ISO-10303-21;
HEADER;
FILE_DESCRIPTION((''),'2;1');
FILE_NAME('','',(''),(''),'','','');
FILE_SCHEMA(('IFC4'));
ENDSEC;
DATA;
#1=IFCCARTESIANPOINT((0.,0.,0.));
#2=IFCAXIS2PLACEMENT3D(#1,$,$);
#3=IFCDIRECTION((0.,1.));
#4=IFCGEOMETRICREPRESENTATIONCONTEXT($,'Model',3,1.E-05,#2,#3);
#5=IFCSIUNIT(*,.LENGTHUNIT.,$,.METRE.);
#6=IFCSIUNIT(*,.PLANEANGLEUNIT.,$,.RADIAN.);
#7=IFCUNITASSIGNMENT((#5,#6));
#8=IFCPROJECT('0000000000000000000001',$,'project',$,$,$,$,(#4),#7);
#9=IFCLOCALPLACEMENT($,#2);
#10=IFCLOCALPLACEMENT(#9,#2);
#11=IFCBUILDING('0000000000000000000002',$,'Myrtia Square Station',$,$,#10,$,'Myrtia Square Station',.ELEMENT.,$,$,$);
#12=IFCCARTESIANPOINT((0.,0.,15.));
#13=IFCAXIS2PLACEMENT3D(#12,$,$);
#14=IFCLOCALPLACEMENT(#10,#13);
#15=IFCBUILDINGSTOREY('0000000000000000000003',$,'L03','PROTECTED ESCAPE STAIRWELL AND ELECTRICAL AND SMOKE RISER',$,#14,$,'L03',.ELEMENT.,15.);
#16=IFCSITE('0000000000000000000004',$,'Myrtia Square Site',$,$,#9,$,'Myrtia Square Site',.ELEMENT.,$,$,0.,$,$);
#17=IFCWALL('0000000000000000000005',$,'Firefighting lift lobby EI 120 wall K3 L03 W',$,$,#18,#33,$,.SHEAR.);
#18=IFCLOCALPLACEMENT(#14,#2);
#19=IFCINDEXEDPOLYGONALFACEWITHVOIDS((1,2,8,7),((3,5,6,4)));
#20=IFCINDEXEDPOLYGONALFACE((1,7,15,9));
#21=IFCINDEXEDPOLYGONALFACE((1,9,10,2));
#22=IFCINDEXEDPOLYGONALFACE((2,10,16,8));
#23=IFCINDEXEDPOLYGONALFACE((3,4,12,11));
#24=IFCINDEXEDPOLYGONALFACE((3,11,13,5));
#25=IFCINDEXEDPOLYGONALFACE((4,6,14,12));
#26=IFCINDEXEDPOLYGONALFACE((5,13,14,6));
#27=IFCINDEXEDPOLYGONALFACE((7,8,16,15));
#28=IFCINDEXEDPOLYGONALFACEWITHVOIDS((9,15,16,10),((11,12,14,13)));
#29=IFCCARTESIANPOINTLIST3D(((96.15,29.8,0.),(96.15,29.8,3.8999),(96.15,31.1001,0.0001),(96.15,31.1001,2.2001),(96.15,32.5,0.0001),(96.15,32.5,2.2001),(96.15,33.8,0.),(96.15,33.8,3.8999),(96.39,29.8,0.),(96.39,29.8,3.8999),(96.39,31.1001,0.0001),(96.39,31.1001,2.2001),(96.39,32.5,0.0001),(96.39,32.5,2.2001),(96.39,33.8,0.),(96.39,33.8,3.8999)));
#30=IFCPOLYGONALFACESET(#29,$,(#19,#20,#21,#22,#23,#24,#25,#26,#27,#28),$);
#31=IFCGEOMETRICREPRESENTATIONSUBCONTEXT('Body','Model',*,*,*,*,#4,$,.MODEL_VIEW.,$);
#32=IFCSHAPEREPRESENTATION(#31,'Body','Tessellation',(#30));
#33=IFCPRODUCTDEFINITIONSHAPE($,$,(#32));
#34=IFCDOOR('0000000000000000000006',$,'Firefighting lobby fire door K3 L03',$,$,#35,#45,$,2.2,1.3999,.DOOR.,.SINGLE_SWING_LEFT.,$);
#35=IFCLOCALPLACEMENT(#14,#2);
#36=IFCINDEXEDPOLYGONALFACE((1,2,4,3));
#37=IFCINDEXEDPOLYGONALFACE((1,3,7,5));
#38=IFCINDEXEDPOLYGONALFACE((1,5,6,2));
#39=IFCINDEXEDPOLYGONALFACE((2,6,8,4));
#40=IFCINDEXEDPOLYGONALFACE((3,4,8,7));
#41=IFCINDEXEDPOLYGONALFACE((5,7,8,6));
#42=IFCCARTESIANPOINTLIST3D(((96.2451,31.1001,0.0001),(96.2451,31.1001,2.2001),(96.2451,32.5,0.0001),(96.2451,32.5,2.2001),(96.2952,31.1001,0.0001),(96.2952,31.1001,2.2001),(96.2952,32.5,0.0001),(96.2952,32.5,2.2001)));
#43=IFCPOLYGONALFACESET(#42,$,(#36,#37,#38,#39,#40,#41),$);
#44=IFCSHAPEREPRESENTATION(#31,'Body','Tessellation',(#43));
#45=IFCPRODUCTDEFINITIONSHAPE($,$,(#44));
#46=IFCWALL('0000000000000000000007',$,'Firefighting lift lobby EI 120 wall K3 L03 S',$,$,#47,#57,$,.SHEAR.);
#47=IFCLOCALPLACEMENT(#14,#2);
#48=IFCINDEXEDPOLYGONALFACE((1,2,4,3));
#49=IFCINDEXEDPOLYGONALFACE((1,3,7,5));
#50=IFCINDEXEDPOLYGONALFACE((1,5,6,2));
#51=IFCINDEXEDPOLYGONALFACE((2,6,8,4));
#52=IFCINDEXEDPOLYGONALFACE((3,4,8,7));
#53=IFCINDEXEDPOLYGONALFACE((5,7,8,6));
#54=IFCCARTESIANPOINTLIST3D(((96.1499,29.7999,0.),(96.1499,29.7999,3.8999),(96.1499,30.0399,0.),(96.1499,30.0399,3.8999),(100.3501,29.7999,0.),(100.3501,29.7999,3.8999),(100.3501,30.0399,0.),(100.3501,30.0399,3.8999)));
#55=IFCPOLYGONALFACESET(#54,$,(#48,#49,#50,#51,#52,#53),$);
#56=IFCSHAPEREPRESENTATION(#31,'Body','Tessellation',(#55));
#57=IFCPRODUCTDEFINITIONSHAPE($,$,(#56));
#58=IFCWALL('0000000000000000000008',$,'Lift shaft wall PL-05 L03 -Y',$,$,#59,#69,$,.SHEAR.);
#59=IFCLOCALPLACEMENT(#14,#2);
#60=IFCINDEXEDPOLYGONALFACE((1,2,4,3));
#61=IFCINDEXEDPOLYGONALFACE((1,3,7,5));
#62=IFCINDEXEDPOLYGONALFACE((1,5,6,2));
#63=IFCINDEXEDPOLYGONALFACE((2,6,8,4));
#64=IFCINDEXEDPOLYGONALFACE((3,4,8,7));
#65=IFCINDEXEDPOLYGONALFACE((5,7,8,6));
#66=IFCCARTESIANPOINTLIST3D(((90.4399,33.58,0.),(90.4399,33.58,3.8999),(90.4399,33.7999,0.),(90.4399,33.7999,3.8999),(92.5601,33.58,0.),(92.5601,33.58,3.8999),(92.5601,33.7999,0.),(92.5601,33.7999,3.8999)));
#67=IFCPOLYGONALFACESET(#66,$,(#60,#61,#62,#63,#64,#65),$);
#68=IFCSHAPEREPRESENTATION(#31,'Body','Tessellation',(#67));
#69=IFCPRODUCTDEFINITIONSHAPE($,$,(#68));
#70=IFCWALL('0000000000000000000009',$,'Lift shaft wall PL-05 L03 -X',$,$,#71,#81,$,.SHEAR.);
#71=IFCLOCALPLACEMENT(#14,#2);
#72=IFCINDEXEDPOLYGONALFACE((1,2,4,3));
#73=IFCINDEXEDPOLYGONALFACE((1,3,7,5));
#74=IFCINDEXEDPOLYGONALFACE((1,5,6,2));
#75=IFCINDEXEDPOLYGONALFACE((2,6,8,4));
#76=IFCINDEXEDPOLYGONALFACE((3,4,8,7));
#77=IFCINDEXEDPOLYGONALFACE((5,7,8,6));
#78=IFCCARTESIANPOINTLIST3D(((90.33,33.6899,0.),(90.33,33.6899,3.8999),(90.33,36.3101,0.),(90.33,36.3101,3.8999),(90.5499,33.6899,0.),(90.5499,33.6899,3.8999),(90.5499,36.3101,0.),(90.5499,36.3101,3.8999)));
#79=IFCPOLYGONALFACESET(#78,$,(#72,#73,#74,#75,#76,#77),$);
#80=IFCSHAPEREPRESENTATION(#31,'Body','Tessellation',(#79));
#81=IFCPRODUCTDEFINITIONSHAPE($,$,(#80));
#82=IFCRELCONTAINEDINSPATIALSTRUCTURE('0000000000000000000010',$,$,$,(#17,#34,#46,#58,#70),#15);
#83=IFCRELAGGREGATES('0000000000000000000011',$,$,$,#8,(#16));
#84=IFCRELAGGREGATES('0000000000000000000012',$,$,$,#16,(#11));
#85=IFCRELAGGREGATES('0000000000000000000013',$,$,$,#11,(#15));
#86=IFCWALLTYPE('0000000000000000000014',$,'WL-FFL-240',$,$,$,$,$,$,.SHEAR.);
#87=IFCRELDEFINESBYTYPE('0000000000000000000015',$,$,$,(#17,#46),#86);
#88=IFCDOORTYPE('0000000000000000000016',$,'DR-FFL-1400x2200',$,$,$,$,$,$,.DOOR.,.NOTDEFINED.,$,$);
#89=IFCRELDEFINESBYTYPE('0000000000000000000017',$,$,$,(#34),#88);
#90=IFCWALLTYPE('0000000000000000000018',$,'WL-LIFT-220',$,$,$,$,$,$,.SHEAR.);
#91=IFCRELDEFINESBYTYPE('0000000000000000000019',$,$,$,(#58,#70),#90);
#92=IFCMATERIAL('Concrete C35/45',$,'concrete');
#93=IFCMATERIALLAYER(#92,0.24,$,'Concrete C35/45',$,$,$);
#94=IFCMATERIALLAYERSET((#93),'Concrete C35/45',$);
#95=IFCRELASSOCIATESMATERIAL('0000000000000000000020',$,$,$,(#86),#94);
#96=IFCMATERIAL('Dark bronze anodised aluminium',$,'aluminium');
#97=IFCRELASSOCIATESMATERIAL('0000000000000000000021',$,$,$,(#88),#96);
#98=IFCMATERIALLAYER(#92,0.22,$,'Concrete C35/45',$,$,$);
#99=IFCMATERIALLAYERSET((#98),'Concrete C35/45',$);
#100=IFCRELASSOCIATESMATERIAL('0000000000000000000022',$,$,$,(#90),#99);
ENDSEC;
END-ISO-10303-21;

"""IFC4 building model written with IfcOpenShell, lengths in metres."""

from ifc_helpers import new_model, si_unit, direction, frame, frame_2d, origin, place, context, subcontext, project, spatial, rectangle, extrude, material, layer, layer_set, type_object, element, fill, save


model = new_model("IFC4")

# Units and contexts
model_context = context("Model", 3, precision=1e-05, world=origin(), true_north=direction((0.0, 1.0)))
body_context = subcontext(model_context, "Body", "Model", "MODEL_VIEW")
ifc_project = project(units=[si_unit("LENGTHUNIT", "METRE"), si_unit("PLANEANGLEUNIT", "RADIAN")], contexts=[model_context])

# Site, building, storey
site_placement = place(None, origin())
site = spatial("IfcSite", under=ifc_project, at=site_placement, Name="Myrtia Square Site", LongName="Myrtia Square Site", CompositionType="ELEMENT", RefElevation=0.0)
building_placement = place(site_placement, origin())
building = spatial("IfcBuilding", under=site, at=building_placement, Name="Myrtia Square Station", LongName="Myrtia Square Station", CompositionType="ELEMENT")
storey_placement = place(building_placement, frame((0.0, 0.0, 15.0)))
storey = spatial("IfcBuildingStorey", under=building, at=storey_placement, Name="L03", Description="PROTECTED ESCAPE STAIRWELL AND ELECTRICAL AND SMOKE RISER", LongName="L03", CompositionType="ELEMENT", Elevation=15.0)

# Shared definitions
ifc_material_1 = material(Name="Dark bronze anodised aluminium", Category="aluminium")

# Shared definitions
ifc_material_2 = material(Name="Concrete C35/45", Category="concrete")

# Wall, opening, door
ifc_layer_1 = layer(ifc_material_2, 0.24, Name="Concrete C35/45")
ifc_layer_set_1 = layer_set([ifc_layer_1], Name="Concrete C35/45")
wall_type_1 = type_object("IfcWallType", Name="WL-FFL-240", PredefinedType="SHEAR", material=ifc_layer_set_1)
wall_1_placement = place(storey_placement, frame((96.27, 29.8, 0.0), z_axis=(0.0, 0.0, 1.0), x_axis=(0.0, 1.0, 0.0)))
wall_1 = element("IfcWall", 1, at=wall_1_placement, inside=storey, type_object=wall_type_1, Name="Firefighting lift lobby EI 120 wall K3 L03 W", PredefinedType="SHEAR", context=body_context, shape_type="SweptSolid", body=[
    extrude(rectangle(XDim=4.0, YDim=0.24, at=frame_2d((2.0, 0.0))), origin(), (0.0, 0.0, 1.0), 3.8999),
])
opening_1_placement = place(wall_1_placement, frame((1.3, 0.0, 0.0)))
opening_1 = element("IfcOpeningElement", 2, at=opening_1_placement, cuts=wall_1, PredefinedType="OPENING", context=body_context, shape_type="SweptSolid", body=[
    extrude(rectangle(XDim=1.3999, YDim=2.2, at=frame_2d((0.7, 1.1001))), frame((0.0, 0.135, 0.0), z_axis=(0.0, -1.0, 0.0), x_axis=(1.0, 0.0, 0.0)), (0.0, 0.0, 1.0), 0.27),
])
door_type_1 = type_object("IfcDoorType", Name="DR-FFL-1400x2200", OperationType="NOTDEFINED", PredefinedType="DOOR", material=ifc_material_1)
door_1_placement = place(opening_1_placement, origin())
door_1 = element("IfcDoor", 3, at=door_1_placement, inside=storey, type_object=door_type_1, Name="Firefighting lobby fire door K3 L03", OperationType="SINGLE_SWING_LEFT", OverallHeight=2.2, OverallWidth=1.3999, PredefinedType="DOOR", context=body_context, shape_type="SweptSolid", body=[
    extrude(rectangle(XDim=1.3999, YDim=2.2, at=frame_2d((0.7, 1.1001))), frame((0.0, 0.0249, 0.0), z_axis=(0.0, -1.0, 0.0), x_axis=(1.0, 0.0, 0.0)), (0.0, 0.0, 1.0), 0.05),
])
fill(opening_1, door_1)

# Walls
wall_2_placement = place(storey_placement, frame((96.1499, 29.9199, 0.0), z_axis=(0.0, 0.0, 1.0), x_axis=(1.0, 0.0, 0.0)))
element("IfcWall", 4, at=wall_2_placement, inside=storey, type_object=wall_type_1, Name="Firefighting lift lobby EI 120 wall K3 L03 S", PredefinedType="SHEAR", context=body_context, shape_type="SweptSolid", body=[
    extrude(rectangle(XDim=4.2002, YDim=0.24, at=frame_2d((2.1001, 0.0))), origin(), (0.0, 0.0, 1.0), 3.8999),
])
ifc_layer_2 = layer(ifc_material_2, 0.22, Name="Concrete C35/45")
ifc_layer_set_2 = layer_set([ifc_layer_2], Name="Concrete C35/45")
wall_type_2 = type_object("IfcWallType", Name="WL-LIFT-220", PredefinedType="SHEAR", material=ifc_layer_set_2)
wall_3_placement = place(storey_placement, frame((90.4399, 33.6899, 0.0), z_axis=(0.0, 0.0, 1.0), x_axis=(1.0, 0.0, 0.0)))
element("IfcWall", 5, at=wall_3_placement, inside=storey, type_object=wall_type_2, Name="Lift shaft wall PL-05 L03 -Y", PredefinedType="SHEAR", context=body_context, shape_type="SweptSolid", body=[
    extrude(rectangle(XDim=2.1201, YDim=0.22, at=frame_2d((1.0601, 0.0))), origin(), (0.0, 0.0, 1.0), 3.8999),
])
wall_4_placement = place(storey_placement, frame((90.4399, 33.6899, 0.0), z_axis=(0.0, 0.0, 1.0), x_axis=(0.0, 1.0, 0.0)))
element("IfcWall", 6, at=wall_4_placement, inside=storey, type_object=wall_type_2, Name="Lift shaft wall PL-05 L03 -X", PredefinedType="SHEAR", context=body_context, shape_type="SweptSolid", body=[
    extrude(rectangle(XDim=2.6201, YDim=0.22, at=frame_2d((1.3101, 0.0))), origin(), (0.0, 0.0, 1.0), 3.8999),
])

save(model, "model.ifc")
